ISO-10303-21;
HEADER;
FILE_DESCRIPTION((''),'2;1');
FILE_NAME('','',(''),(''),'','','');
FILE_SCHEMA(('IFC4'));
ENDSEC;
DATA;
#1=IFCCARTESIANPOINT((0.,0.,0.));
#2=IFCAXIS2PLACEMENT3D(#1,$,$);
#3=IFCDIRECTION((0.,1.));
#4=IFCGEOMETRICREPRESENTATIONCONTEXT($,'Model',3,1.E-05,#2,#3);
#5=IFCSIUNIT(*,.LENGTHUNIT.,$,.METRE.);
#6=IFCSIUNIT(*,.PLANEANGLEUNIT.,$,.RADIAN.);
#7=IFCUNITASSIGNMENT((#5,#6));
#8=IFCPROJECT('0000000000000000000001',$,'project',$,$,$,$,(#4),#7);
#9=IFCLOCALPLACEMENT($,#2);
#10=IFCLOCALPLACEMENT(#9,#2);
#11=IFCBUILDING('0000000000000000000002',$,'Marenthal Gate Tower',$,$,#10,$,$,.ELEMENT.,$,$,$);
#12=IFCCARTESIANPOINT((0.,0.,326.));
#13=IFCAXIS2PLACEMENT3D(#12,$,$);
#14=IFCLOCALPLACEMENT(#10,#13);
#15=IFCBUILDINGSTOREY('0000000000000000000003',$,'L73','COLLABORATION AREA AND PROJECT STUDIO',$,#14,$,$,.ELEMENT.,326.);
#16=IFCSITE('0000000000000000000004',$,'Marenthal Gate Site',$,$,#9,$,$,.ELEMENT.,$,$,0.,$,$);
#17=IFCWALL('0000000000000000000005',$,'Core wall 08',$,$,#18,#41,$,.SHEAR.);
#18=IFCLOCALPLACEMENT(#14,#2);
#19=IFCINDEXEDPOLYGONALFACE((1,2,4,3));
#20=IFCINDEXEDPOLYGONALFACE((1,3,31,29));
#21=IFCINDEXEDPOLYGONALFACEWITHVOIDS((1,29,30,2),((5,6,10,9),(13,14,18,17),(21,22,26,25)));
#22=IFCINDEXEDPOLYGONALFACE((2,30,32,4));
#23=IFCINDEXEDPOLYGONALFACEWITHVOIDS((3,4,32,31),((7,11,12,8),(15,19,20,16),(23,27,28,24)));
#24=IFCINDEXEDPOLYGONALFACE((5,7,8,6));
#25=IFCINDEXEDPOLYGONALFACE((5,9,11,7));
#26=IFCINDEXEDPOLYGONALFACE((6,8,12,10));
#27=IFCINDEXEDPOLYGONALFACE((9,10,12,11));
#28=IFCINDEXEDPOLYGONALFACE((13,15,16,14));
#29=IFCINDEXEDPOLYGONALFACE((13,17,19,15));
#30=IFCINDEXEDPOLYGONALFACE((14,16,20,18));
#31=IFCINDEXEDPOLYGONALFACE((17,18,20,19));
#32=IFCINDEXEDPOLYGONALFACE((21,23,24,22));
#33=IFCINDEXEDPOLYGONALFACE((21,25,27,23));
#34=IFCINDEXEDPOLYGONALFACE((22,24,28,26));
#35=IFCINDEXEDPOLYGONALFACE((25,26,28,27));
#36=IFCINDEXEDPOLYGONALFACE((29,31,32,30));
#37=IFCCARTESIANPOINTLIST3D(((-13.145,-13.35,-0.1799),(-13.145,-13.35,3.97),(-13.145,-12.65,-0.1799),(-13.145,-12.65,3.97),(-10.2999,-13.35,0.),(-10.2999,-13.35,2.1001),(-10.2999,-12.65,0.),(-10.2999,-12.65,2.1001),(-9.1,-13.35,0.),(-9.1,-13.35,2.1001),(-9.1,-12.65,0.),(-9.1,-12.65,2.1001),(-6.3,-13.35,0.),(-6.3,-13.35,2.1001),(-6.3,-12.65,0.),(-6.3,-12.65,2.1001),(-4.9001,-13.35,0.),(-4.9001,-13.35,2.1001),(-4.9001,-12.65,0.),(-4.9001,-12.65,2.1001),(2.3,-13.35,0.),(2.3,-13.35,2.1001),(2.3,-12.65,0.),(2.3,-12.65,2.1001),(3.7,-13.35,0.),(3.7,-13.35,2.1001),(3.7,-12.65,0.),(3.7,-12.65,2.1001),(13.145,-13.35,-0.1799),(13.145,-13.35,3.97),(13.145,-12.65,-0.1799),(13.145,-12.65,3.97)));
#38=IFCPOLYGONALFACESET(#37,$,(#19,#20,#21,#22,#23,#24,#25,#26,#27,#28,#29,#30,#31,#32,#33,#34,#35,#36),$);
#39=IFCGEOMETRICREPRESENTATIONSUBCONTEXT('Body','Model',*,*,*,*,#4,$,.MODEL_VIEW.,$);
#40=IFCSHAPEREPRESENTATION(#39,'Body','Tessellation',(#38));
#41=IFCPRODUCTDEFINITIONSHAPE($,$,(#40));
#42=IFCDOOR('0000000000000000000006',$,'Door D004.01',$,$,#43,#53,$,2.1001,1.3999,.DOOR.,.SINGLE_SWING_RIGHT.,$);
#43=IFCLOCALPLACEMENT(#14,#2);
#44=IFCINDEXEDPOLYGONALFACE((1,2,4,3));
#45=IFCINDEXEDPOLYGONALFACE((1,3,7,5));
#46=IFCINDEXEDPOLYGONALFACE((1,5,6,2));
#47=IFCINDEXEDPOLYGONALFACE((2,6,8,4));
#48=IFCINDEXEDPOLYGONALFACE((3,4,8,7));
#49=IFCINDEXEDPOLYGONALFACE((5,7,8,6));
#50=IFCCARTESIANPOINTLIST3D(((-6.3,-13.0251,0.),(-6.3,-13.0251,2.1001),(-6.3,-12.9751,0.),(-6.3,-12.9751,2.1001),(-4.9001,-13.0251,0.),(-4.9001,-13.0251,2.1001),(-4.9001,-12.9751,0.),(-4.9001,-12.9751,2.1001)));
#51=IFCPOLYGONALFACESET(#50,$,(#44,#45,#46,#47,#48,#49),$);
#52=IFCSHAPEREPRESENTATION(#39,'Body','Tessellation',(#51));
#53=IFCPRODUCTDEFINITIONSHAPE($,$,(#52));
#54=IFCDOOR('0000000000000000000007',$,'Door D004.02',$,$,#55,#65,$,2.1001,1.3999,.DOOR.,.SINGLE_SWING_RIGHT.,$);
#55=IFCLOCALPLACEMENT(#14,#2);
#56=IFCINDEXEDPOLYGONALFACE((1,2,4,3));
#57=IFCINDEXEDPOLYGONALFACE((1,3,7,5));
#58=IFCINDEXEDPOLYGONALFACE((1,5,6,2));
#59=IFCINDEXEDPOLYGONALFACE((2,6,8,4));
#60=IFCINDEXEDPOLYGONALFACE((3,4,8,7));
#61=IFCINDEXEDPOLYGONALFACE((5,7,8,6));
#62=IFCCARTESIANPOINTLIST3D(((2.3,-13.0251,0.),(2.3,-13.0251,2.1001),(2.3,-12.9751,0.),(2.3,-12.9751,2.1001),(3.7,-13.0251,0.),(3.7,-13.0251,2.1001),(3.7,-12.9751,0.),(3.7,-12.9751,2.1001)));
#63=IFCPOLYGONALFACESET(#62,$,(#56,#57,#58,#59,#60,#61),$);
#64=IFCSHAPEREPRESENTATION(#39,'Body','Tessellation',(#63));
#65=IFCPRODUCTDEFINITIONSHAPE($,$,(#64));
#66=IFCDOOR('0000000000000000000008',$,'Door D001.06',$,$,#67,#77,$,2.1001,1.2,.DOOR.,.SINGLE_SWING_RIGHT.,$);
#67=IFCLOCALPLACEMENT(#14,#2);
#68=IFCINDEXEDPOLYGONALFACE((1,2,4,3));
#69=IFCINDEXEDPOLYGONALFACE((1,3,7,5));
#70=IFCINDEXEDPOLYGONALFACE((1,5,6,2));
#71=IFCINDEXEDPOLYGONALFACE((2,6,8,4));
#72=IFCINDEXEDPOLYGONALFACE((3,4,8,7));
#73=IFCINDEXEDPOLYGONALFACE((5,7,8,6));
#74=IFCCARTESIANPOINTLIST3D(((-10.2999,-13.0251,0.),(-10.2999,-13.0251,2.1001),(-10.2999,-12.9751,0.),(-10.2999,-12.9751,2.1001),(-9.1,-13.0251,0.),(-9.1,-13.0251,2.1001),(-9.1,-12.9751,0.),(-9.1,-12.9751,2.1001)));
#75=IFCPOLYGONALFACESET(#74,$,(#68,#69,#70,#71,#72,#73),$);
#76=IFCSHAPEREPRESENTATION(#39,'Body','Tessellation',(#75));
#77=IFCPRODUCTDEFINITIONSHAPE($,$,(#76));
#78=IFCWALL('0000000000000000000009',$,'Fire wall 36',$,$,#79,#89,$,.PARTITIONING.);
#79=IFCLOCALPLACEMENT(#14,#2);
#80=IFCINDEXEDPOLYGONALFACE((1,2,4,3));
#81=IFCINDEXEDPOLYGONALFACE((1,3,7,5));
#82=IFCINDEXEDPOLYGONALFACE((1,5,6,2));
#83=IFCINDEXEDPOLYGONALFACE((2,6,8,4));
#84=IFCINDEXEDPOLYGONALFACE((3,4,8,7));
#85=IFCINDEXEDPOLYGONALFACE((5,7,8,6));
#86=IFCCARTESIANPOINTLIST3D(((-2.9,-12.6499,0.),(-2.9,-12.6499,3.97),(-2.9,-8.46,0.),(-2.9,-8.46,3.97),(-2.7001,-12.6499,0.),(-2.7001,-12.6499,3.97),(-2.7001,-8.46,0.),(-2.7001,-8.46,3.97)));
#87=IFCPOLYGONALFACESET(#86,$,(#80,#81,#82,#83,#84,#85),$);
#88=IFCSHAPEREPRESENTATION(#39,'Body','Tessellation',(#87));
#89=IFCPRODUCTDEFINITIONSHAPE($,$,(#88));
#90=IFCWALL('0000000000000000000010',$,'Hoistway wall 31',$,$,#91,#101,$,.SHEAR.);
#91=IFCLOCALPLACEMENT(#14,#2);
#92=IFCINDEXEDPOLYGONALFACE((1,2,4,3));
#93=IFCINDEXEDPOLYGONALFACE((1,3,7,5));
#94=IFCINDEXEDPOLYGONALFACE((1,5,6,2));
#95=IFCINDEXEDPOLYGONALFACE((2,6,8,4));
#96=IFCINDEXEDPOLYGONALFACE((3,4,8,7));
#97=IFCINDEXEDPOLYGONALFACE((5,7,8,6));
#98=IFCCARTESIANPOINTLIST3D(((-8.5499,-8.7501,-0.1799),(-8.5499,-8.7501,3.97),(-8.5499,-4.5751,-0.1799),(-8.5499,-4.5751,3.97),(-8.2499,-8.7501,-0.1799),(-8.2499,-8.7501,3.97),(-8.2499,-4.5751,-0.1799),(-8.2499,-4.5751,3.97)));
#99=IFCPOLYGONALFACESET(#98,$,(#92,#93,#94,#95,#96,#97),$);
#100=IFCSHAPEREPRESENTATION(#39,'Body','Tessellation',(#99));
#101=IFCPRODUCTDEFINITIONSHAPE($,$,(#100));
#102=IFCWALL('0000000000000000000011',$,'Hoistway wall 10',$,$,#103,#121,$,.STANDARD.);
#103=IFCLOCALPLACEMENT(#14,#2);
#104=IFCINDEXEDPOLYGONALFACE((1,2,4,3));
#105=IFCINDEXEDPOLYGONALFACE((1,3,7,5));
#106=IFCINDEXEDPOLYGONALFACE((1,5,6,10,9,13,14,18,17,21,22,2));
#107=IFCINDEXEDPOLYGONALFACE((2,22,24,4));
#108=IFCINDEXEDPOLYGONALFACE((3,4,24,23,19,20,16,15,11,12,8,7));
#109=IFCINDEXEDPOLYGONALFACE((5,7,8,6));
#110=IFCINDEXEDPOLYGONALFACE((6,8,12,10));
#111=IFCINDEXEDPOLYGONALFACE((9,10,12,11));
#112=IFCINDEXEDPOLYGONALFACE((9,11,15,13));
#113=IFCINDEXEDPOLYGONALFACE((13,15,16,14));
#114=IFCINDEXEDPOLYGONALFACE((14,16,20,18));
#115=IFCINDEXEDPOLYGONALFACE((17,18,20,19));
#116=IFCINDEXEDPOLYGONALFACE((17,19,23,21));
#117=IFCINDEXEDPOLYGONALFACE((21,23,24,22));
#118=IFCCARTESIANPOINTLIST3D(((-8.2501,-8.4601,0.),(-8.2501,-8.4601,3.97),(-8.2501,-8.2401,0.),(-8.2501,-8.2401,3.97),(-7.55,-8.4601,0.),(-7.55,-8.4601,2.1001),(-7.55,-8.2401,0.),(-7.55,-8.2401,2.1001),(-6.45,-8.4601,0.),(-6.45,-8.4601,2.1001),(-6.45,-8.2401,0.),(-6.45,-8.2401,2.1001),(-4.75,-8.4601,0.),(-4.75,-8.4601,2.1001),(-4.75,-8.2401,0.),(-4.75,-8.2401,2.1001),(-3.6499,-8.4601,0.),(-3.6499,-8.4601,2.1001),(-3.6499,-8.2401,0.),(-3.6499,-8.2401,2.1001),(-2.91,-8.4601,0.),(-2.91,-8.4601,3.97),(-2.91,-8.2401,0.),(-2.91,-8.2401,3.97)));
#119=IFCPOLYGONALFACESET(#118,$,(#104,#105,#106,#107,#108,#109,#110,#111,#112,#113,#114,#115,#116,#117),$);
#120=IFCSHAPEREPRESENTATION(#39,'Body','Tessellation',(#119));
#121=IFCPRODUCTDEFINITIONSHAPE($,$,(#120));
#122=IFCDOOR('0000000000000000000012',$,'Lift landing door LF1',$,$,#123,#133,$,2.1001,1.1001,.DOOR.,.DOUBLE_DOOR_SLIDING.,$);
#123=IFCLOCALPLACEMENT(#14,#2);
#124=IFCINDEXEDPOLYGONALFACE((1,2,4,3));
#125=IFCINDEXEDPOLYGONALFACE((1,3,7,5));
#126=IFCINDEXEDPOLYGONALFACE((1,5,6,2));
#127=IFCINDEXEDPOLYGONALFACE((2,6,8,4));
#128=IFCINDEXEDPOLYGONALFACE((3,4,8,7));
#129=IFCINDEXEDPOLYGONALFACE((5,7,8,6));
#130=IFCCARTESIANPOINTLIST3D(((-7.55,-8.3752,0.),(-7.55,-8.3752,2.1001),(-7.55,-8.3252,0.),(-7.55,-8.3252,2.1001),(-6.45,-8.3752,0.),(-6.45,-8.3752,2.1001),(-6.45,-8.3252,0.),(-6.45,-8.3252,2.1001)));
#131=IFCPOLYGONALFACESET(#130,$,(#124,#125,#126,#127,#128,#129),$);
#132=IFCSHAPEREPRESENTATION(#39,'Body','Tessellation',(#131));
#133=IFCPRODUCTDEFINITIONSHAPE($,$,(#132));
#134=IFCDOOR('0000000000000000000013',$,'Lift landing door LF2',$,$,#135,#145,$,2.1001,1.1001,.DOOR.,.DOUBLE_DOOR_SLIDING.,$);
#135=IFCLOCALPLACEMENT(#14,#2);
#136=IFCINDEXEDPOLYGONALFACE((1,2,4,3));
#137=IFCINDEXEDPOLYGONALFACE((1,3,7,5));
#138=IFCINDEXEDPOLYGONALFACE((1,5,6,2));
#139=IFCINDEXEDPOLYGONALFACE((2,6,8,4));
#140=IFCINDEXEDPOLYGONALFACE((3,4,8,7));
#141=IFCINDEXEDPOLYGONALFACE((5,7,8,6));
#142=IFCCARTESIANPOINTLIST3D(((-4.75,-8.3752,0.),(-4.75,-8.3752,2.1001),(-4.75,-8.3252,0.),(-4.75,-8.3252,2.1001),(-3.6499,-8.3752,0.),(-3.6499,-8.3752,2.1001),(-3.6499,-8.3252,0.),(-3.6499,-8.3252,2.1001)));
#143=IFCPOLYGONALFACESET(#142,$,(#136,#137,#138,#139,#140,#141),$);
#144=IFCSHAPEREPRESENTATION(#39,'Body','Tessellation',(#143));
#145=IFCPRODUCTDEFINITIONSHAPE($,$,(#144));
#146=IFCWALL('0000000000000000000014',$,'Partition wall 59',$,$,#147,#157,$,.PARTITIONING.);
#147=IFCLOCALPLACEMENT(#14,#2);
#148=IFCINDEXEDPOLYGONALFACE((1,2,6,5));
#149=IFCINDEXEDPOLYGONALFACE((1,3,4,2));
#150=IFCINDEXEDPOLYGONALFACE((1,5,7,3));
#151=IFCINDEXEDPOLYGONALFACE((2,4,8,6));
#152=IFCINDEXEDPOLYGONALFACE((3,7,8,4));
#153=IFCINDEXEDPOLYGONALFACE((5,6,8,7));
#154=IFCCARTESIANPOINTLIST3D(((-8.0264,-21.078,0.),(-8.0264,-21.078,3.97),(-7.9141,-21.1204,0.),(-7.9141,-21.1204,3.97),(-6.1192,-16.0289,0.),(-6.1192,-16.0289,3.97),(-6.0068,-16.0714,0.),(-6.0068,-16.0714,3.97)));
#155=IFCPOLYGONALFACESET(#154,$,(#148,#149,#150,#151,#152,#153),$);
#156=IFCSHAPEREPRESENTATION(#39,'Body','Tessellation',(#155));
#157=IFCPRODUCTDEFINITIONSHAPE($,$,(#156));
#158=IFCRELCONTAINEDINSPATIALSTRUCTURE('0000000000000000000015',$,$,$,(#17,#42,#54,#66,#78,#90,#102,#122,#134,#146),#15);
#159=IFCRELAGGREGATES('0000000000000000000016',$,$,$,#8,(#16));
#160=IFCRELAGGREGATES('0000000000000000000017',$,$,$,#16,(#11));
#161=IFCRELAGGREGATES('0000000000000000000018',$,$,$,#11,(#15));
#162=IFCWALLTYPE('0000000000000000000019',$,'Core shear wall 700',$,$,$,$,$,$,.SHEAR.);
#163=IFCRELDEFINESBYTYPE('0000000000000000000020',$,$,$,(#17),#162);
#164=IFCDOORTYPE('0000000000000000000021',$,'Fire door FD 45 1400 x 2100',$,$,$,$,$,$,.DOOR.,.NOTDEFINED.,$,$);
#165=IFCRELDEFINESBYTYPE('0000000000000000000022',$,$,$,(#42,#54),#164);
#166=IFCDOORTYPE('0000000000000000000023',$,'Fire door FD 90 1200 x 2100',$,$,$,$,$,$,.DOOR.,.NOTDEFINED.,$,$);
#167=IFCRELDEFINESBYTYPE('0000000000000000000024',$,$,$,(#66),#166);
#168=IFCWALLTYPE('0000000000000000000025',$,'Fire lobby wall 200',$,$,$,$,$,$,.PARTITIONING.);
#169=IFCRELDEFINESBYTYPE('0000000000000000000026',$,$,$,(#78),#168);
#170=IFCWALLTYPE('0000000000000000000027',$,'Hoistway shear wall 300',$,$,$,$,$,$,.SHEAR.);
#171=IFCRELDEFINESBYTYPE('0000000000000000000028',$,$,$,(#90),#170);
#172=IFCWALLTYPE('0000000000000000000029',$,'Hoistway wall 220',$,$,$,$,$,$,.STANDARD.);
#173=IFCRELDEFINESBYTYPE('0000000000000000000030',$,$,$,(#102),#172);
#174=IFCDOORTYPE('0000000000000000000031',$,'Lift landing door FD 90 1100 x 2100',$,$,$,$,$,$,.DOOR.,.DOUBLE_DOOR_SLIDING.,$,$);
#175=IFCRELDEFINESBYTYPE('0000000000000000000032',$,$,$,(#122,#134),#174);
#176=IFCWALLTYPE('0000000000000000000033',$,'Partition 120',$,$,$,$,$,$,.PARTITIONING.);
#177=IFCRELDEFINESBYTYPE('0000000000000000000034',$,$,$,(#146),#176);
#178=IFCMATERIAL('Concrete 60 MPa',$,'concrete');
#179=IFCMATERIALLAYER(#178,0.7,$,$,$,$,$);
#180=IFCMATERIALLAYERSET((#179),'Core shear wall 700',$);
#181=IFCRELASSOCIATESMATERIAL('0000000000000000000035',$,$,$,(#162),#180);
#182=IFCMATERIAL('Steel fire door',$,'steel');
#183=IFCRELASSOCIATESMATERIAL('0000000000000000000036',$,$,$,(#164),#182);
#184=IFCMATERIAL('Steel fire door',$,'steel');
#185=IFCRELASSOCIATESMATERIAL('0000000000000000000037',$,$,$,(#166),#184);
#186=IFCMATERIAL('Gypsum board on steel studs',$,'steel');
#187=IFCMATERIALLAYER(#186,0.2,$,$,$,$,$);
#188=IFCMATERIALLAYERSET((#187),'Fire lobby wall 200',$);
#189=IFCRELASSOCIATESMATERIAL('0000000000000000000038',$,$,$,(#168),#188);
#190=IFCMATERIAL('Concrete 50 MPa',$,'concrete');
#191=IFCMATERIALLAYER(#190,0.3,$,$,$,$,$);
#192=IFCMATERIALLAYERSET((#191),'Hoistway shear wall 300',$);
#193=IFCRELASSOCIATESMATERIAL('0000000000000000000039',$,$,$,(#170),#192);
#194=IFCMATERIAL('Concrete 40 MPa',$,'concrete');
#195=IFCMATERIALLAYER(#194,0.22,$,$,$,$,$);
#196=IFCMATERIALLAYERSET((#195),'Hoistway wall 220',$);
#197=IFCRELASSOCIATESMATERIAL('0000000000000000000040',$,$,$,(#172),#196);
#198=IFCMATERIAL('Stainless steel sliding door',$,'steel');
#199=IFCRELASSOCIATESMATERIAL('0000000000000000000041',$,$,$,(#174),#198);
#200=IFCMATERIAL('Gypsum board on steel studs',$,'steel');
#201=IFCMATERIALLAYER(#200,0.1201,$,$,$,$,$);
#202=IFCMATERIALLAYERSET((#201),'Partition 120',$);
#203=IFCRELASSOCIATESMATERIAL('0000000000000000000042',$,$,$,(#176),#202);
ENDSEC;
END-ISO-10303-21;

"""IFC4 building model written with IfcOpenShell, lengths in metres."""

from ifc_helpers import new_model, si_unit, direction, frame, frame_2d, origin, place, context, subcontext, project, spatial, rectangle, extrude, material, layer, layer_set, type_object, element, fill, save


model = new_model("IFC4")

# Units and contexts
model_context = context("Model", 3, precision=1e-05, world=origin(), true_north=direction((0.0, 1.0)))
body_context = subcontext(model_context, "Body", "Model", "MODEL_VIEW")
ifc_project = project(units=[si_unit("LENGTHUNIT", "METRE"), si_unit("PLANEANGLEUNIT", "RADIAN")], contexts=[model_context])

# Site, building, storey
site_placement = place(None, origin())
site = spatial("IfcSite", under=ifc_project, at=site_placement, Name="Marenthal Gate Site", CompositionType="ELEMENT", RefElevation=0.0)
building_placement = place(site_placement, origin())
building = spatial("IfcBuilding", under=site, at=building_placement, Name="Marenthal Gate Tower", CompositionType="ELEMENT")
storey_placement = place(building_placement, frame((0.0, 0.0, 326.0)))
storey = spatial("IfcBuildingStorey", under=building, at=storey_placement, Name="L73", Description="COLLABORATION AREA AND PROJECT STUDIO", CompositionType="ELEMENT", Elevation=326.0)

# Wall, openings, doors
ifc_material_1 = material(Name="Concrete 60 MPa", Category="concrete")
ifc_layer_1 = layer(ifc_material_1, 0.7)
ifc_layer_set_1 = layer_set([ifc_layer_1], Name="Core shear wall 700")
wall_type_1 = type_object("IfcWallType", Name="Core shear wall 700", PredefinedType="SHEAR", material=ifc_layer_set_1)
wall_1_placement = place(storey_placement, frame((-13.145, -13.0, -0.1799), z_axis=(0.0, 0.0, 1.0), x_axis=(1.0, 0.0, 0.0)))
wall_1 = element("IfcWall", 1, at=wall_1_placement, inside=storey, type_object=wall_type_1, Name="Core wall 08", PredefinedType="SHEAR", context=body_context, shape_type="SweptSolid", body=[
    extrude(rectangle(XDim=26.29, YDim=0.7, at=frame_2d((13.145, 0.0))), origin(), (0.0, 0.0, 1.0), 4.1499),
])
opening_1_placement = place(wall_1_placement, frame((2.845, 0.0, 0.1799)))
opening_1 = element("IfcOpeningElement", 2, at=opening_1_placement, cuts=wall_1, PredefinedType="OPENING", context=body_context, shape_type="SweptSolid", body=[
    extrude(rectangle(XDim=1.2, YDim=2.1001, at=frame_2d((0.6001, 1.05))), frame((0.0, 0.3599, 0.0), z_axis=(0.0, -1.0, 0.0), x_axis=(1.0, 0.0, 0.0)), (0.0, 0.0, 1.0), 0.72),
])
opening_2_placement = place(wall_1_placement, frame((6.845, 0.0, 0.1799)))
opening_2 = element("IfcOpeningElement", 3, at=opening_2_placement, cuts=wall_1, PredefinedType="OPENING", context=body_context, shape_type="SweptSolid", body=[
    extrude(rectangle(XDim=1.3999, YDim=2.1001, at=frame_2d((0.7, 1.05))), frame((0.0, 0.3599, 0.0), z_axis=(0.0, -1.0, 0.0), x_axis=(1.0, 0.0, 0.0)), (0.0, 0.0, 1.0), 0.72),
])
opening_3_placement = place(wall_1_placement, frame((15.4451, 0.0, 0.1799)))
opening_3 = element("IfcOpeningElement", 4, at=opening_3_placement, cuts=wall_1, PredefinedType="OPENING", context=body_context, shape_type="SweptSolid", body=[
    extrude(rectangle(XDim=1.3999, YDim=2.1001, at=frame_2d((0.7, 1.05))), frame((0.0, 0.3599, 0.0), z_axis=(0.0, -1.0, 0.0), x_axis=(1.0, 0.0, 0.0)), (0.0, 0.0, 1.0), 0.72),
])
ifc_material_2 = material(Name="Steel fire door", Category="steel")
door_type_1 = type_object("IfcDoorType", Name="Fire door FD 45 1400 x 2100", OperationType="NOTDEFINED", PredefinedType="DOOR", material=ifc_material_2)
door_1_placement = place(opening_2_placement, origin())
door_1 = element("IfcDoor", 5, at=door_1_placement, inside=storey, type_object=door_type_1, Name="Door D004.01", OperationType="SINGLE_SWING_RIGHT", OverallHeight=2.1001, OverallWidth=1.3999, PredefinedType="DOOR", context=body_context, shape_type="SweptSolid", body=[
    extrude(rectangle(XDim=1.3999, YDim=2.1001, at=frame_2d((0.7, 1.05))), frame((0.0, 0.0249, 0.0), z_axis=(0.0, -1.0, 0.0), x_axis=(1.0, 0.0, 0.0)), (0.0, 0.0, 1.0), 0.05),
])
fill(opening_2, door_1)
door_2_placement = place(opening_3_placement, origin())
door_2 = element("IfcDoor", 6, at=door_2_placement, inside=storey, type_object=door_type_1, Name="Door D004.02", OperationType="SINGLE_SWING_RIGHT", OverallHeight=2.1001, OverallWidth=1.3999, PredefinedType="DOOR", context=body_context, shape_type="SweptSolid", body=[
    extrude(rectangle(XDim=1.3999, YDim=2.1001, at=frame_2d((0.7, 1.05))), frame((0.0, 0.0249, 0.0), z_axis=(0.0, -1.0, 0.0), x_axis=(1.0, 0.0, 0.0)), (0.0, 0.0, 1.0), 0.05),
])
fill(opening_3, door_2)
ifc_material_3 = material(Name="Steel fire door", Category="steel")
door_type_2 = type_object("IfcDoorType", Name="Fire door FD 90 1200 x 2100", OperationType="NOTDEFINED", PredefinedType="DOOR", material=ifc_material_3)
door_3_placement = place(opening_1_placement, origin())
door_3 = element("IfcDoor", 7, at=door_3_placement, inside=storey, type_object=door_type_2, Name="Door D001.06", OperationType="SINGLE_SWING_RIGHT", OverallHeight=2.1001, OverallWidth=1.2, PredefinedType="DOOR", context=body_context, shape_type="SweptSolid", body=[
    extrude(rectangle(XDim=1.2, YDim=2.1001, at=frame_2d((0.6001, 1.05))), frame((0.0, 0.0249, 0.0), z_axis=(0.0, -1.0, 0.0), x_axis=(1.0, 0.0, 0.0)), (0.0, 0.0, 1.0), 0.05),
])
fill(opening_1, door_3)

# Walls
ifc_material_4 = material(Name="Gypsum board on steel studs", Category="steel")
ifc_layer_2 = layer(ifc_material_4, 0.2)
ifc_layer_set_2 = layer_set([ifc_layer_2], Name="Fire lobby wall 200")
wall_type_2 = type_object("IfcWallType", Name="Fire lobby wall 200", PredefinedType="PARTITIONING", material=ifc_layer_set_2)
wall_2_placement = place(storey_placement, frame((-2.8, -12.6499, 0.0), z_axis=(0.0, 0.0, 1.0), x_axis=(0.0, 1.0, 0.0)))
element("IfcWall", 8, at=wall_2_placement, inside=storey, type_object=wall_type_2, Name="Fire wall 36", PredefinedType="PARTITIONING", context=body_context, shape_type="SweptSolid", body=[
    extrude(rectangle(XDim=4.1899, YDim=0.2, at=frame_2d((2.095, 0.0))), origin(), (0.0, 0.0, 1.0), 3.97),
])
ifc_material_5 = material(Name="Concrete 50 MPa", Category="concrete")
ifc_layer_3 = layer(ifc_material_5, 0.3)
ifc_layer_set_3 = layer_set([ifc_layer_3], Name="Hoistway shear wall 300")
wall_type_3 = type_object("IfcWallType", Name="Hoistway shear wall 300", PredefinedType="SHEAR", material=ifc_layer_set_3)
wall_3_placement = place(storey_placement, frame((-8.3999, -8.75, -0.1799), z_axis=(0.0, 0.0, 1.0), x_axis=(0.0, 1.0, 0.0)))
element("IfcWall", 9, at=wall_3_placement, inside=storey, type_object=wall_type_3, Name="Hoistway wall 31", PredefinedType="SHEAR", context=body_context, shape_type="SweptSolid", body=[
    extrude(rectangle(XDim=4.175, YDim=0.3, at=frame_2d((2.0874, 0.0))), origin(), (0.0, 0.0, 1.0), 4.1499),
])

# Wall, openings, doors
ifc_material_6 = material(Name="Concrete 40 MPa", Category="concrete")
ifc_layer_4 = layer(ifc_material_6, 0.22)
ifc_layer_set_4 = layer_set([ifc_layer_4], Name="Hoistway wall 220")
wall_type_4 = type_object("IfcWallType", Name="Hoistway wall 220", PredefinedType="STANDARD", material=ifc_layer_set_4)
wall_4_placement = place(storey_placement, frame((-8.25, -8.3501, 0.0), z_axis=(0.0, 0.0, 1.0), x_axis=(1.0, 0.0, 0.0)))
wall_4 = element("IfcWall", 10, at=wall_4_placement, inside=storey, type_object=wall_type_4, Name="Hoistway wall 10", PredefinedType="STANDARD", context=body_context, shape_type="SweptSolid", body=[
    extrude(rectangle(XDim=5.3401, YDim=0.22, at=frame_2d((2.6699, 0.0))), origin(), (0.0, 0.0, 1.0), 3.97),
])
opening_4_placement = place(wall_4_placement, frame((0.7, 0.0, 0.0)))
opening_4 = element("IfcOpeningElement", 11, at=opening_4_placement, cuts=wall_4, PredefinedType="OPENING", context=body_context, shape_type="SweptSolid", body=[
    extrude(rectangle(XDim=1.1001, YDim=2.1001, at=frame_2d((0.55, 1.05))), frame((0.0, 0.1201, 0.0), z_axis=(0.0, -1.0, 0.0), x_axis=(1.0, 0.0, 0.0)), (0.0, 0.0, 1.0), 0.24),
])
opening_5_placement = place(wall_4_placement, frame((3.5, 0.0, 0.0)))
opening_5 = element("IfcOpeningElement", 12, at=opening_5_placement, cuts=wall_4, PredefinedType="OPENING", context=body_context, shape_type="SweptSolid", body=[
    extrude(rectangle(XDim=1.1001, YDim=2.1001, at=frame_2d((0.55, 1.05))), frame((0.0, 0.1201, 0.0), z_axis=(0.0, -1.0, 0.0), x_axis=(1.0, 0.0, 0.0)), (0.0, 0.0, 1.0), 0.24),
])
ifc_material_7 = material(Name="Stainless steel sliding door", Category="steel")
door_type_3 = type_object("IfcDoorType", Name="Lift landing door FD 90 1100 x 2100", OperationType="DOUBLE_DOOR_SLIDING", PredefinedType="DOOR", material=ifc_material_7)
door_4_placement = place(opening_4_placement, origin())
door_4 = element("IfcDoor", 13, at=door_4_placement, inside=storey, type_object=door_type_3, Name="Lift landing door LF1", OperationType="DOUBLE_DOOR_SLIDING", OverallHeight=2.1001, OverallWidth=1.1001, PredefinedType="DOOR", context=body_context, shape_type="SweptSolid", body=[
    extrude(rectangle(XDim=1.1001, YDim=2.1001, at=frame_2d((0.55, 1.05))), frame((0.0, 0.0249, 0.0), z_axis=(0.0, -1.0, 0.0), x_axis=(1.0, 0.0, 0.0)), (0.0, 0.0, 1.0), 0.05),
])
fill(opening_4, door_4)
door_5_placement = place(opening_5_placement, origin())
door_5 = element("IfcDoor", 14, at=door_5_placement, inside=storey, type_object=door_type_3, Name="Lift landing door LF2", OperationType="DOUBLE_DOOR_SLIDING", OverallHeight=2.1001, OverallWidth=1.1001, PredefinedType="DOOR", context=body_context, shape_type="SweptSolid", body=[
    extrude(rectangle(XDim=1.1001, YDim=2.1001, at=frame_2d((0.55, 1.05))), frame((0.0, 0.0249, 0.0), z_axis=(0.0, -1.0, 0.0), x_axis=(1.0, 0.0, 0.0)), (0.0, 0.0, 1.0), 0.05),
])
fill(opening_5, door_5)

# Wall
ifc_material_8 = material(Name="Gypsum board on steel studs", Category="steel")
ifc_layer_5 = layer(ifc_material_8, 0.1201)
ifc_layer_set_5 = layer_set([ifc_layer_5], Name="Partition 120")
wall_type_5 = type_object("IfcWallType", Name="Partition 120", PredefinedType="PARTITIONING", material=ifc_layer_set_5)
wall_5_placement = place(storey_placement, frame((-6.063, -16.05, 0.0), z_axis=(0.0, 0.0, 1.0), x_axis=(-0.353368, -0.935484, 0.0)))
element("IfcWall", 15, at=wall_5_placement, inside=storey, type_object=wall_type_5, Name="Partition wall 59", PredefinedType="PARTITIONING", context=body_context, shape_type="SweptSolid", body=[
    extrude(rectangle(XDim=5.3972, YDim=0.1201, at=frame_2d((2.6987, 0.0))), origin(), (0.0, 0.0, 1.0), 3.97),
])

save(model, "model.ifc")
